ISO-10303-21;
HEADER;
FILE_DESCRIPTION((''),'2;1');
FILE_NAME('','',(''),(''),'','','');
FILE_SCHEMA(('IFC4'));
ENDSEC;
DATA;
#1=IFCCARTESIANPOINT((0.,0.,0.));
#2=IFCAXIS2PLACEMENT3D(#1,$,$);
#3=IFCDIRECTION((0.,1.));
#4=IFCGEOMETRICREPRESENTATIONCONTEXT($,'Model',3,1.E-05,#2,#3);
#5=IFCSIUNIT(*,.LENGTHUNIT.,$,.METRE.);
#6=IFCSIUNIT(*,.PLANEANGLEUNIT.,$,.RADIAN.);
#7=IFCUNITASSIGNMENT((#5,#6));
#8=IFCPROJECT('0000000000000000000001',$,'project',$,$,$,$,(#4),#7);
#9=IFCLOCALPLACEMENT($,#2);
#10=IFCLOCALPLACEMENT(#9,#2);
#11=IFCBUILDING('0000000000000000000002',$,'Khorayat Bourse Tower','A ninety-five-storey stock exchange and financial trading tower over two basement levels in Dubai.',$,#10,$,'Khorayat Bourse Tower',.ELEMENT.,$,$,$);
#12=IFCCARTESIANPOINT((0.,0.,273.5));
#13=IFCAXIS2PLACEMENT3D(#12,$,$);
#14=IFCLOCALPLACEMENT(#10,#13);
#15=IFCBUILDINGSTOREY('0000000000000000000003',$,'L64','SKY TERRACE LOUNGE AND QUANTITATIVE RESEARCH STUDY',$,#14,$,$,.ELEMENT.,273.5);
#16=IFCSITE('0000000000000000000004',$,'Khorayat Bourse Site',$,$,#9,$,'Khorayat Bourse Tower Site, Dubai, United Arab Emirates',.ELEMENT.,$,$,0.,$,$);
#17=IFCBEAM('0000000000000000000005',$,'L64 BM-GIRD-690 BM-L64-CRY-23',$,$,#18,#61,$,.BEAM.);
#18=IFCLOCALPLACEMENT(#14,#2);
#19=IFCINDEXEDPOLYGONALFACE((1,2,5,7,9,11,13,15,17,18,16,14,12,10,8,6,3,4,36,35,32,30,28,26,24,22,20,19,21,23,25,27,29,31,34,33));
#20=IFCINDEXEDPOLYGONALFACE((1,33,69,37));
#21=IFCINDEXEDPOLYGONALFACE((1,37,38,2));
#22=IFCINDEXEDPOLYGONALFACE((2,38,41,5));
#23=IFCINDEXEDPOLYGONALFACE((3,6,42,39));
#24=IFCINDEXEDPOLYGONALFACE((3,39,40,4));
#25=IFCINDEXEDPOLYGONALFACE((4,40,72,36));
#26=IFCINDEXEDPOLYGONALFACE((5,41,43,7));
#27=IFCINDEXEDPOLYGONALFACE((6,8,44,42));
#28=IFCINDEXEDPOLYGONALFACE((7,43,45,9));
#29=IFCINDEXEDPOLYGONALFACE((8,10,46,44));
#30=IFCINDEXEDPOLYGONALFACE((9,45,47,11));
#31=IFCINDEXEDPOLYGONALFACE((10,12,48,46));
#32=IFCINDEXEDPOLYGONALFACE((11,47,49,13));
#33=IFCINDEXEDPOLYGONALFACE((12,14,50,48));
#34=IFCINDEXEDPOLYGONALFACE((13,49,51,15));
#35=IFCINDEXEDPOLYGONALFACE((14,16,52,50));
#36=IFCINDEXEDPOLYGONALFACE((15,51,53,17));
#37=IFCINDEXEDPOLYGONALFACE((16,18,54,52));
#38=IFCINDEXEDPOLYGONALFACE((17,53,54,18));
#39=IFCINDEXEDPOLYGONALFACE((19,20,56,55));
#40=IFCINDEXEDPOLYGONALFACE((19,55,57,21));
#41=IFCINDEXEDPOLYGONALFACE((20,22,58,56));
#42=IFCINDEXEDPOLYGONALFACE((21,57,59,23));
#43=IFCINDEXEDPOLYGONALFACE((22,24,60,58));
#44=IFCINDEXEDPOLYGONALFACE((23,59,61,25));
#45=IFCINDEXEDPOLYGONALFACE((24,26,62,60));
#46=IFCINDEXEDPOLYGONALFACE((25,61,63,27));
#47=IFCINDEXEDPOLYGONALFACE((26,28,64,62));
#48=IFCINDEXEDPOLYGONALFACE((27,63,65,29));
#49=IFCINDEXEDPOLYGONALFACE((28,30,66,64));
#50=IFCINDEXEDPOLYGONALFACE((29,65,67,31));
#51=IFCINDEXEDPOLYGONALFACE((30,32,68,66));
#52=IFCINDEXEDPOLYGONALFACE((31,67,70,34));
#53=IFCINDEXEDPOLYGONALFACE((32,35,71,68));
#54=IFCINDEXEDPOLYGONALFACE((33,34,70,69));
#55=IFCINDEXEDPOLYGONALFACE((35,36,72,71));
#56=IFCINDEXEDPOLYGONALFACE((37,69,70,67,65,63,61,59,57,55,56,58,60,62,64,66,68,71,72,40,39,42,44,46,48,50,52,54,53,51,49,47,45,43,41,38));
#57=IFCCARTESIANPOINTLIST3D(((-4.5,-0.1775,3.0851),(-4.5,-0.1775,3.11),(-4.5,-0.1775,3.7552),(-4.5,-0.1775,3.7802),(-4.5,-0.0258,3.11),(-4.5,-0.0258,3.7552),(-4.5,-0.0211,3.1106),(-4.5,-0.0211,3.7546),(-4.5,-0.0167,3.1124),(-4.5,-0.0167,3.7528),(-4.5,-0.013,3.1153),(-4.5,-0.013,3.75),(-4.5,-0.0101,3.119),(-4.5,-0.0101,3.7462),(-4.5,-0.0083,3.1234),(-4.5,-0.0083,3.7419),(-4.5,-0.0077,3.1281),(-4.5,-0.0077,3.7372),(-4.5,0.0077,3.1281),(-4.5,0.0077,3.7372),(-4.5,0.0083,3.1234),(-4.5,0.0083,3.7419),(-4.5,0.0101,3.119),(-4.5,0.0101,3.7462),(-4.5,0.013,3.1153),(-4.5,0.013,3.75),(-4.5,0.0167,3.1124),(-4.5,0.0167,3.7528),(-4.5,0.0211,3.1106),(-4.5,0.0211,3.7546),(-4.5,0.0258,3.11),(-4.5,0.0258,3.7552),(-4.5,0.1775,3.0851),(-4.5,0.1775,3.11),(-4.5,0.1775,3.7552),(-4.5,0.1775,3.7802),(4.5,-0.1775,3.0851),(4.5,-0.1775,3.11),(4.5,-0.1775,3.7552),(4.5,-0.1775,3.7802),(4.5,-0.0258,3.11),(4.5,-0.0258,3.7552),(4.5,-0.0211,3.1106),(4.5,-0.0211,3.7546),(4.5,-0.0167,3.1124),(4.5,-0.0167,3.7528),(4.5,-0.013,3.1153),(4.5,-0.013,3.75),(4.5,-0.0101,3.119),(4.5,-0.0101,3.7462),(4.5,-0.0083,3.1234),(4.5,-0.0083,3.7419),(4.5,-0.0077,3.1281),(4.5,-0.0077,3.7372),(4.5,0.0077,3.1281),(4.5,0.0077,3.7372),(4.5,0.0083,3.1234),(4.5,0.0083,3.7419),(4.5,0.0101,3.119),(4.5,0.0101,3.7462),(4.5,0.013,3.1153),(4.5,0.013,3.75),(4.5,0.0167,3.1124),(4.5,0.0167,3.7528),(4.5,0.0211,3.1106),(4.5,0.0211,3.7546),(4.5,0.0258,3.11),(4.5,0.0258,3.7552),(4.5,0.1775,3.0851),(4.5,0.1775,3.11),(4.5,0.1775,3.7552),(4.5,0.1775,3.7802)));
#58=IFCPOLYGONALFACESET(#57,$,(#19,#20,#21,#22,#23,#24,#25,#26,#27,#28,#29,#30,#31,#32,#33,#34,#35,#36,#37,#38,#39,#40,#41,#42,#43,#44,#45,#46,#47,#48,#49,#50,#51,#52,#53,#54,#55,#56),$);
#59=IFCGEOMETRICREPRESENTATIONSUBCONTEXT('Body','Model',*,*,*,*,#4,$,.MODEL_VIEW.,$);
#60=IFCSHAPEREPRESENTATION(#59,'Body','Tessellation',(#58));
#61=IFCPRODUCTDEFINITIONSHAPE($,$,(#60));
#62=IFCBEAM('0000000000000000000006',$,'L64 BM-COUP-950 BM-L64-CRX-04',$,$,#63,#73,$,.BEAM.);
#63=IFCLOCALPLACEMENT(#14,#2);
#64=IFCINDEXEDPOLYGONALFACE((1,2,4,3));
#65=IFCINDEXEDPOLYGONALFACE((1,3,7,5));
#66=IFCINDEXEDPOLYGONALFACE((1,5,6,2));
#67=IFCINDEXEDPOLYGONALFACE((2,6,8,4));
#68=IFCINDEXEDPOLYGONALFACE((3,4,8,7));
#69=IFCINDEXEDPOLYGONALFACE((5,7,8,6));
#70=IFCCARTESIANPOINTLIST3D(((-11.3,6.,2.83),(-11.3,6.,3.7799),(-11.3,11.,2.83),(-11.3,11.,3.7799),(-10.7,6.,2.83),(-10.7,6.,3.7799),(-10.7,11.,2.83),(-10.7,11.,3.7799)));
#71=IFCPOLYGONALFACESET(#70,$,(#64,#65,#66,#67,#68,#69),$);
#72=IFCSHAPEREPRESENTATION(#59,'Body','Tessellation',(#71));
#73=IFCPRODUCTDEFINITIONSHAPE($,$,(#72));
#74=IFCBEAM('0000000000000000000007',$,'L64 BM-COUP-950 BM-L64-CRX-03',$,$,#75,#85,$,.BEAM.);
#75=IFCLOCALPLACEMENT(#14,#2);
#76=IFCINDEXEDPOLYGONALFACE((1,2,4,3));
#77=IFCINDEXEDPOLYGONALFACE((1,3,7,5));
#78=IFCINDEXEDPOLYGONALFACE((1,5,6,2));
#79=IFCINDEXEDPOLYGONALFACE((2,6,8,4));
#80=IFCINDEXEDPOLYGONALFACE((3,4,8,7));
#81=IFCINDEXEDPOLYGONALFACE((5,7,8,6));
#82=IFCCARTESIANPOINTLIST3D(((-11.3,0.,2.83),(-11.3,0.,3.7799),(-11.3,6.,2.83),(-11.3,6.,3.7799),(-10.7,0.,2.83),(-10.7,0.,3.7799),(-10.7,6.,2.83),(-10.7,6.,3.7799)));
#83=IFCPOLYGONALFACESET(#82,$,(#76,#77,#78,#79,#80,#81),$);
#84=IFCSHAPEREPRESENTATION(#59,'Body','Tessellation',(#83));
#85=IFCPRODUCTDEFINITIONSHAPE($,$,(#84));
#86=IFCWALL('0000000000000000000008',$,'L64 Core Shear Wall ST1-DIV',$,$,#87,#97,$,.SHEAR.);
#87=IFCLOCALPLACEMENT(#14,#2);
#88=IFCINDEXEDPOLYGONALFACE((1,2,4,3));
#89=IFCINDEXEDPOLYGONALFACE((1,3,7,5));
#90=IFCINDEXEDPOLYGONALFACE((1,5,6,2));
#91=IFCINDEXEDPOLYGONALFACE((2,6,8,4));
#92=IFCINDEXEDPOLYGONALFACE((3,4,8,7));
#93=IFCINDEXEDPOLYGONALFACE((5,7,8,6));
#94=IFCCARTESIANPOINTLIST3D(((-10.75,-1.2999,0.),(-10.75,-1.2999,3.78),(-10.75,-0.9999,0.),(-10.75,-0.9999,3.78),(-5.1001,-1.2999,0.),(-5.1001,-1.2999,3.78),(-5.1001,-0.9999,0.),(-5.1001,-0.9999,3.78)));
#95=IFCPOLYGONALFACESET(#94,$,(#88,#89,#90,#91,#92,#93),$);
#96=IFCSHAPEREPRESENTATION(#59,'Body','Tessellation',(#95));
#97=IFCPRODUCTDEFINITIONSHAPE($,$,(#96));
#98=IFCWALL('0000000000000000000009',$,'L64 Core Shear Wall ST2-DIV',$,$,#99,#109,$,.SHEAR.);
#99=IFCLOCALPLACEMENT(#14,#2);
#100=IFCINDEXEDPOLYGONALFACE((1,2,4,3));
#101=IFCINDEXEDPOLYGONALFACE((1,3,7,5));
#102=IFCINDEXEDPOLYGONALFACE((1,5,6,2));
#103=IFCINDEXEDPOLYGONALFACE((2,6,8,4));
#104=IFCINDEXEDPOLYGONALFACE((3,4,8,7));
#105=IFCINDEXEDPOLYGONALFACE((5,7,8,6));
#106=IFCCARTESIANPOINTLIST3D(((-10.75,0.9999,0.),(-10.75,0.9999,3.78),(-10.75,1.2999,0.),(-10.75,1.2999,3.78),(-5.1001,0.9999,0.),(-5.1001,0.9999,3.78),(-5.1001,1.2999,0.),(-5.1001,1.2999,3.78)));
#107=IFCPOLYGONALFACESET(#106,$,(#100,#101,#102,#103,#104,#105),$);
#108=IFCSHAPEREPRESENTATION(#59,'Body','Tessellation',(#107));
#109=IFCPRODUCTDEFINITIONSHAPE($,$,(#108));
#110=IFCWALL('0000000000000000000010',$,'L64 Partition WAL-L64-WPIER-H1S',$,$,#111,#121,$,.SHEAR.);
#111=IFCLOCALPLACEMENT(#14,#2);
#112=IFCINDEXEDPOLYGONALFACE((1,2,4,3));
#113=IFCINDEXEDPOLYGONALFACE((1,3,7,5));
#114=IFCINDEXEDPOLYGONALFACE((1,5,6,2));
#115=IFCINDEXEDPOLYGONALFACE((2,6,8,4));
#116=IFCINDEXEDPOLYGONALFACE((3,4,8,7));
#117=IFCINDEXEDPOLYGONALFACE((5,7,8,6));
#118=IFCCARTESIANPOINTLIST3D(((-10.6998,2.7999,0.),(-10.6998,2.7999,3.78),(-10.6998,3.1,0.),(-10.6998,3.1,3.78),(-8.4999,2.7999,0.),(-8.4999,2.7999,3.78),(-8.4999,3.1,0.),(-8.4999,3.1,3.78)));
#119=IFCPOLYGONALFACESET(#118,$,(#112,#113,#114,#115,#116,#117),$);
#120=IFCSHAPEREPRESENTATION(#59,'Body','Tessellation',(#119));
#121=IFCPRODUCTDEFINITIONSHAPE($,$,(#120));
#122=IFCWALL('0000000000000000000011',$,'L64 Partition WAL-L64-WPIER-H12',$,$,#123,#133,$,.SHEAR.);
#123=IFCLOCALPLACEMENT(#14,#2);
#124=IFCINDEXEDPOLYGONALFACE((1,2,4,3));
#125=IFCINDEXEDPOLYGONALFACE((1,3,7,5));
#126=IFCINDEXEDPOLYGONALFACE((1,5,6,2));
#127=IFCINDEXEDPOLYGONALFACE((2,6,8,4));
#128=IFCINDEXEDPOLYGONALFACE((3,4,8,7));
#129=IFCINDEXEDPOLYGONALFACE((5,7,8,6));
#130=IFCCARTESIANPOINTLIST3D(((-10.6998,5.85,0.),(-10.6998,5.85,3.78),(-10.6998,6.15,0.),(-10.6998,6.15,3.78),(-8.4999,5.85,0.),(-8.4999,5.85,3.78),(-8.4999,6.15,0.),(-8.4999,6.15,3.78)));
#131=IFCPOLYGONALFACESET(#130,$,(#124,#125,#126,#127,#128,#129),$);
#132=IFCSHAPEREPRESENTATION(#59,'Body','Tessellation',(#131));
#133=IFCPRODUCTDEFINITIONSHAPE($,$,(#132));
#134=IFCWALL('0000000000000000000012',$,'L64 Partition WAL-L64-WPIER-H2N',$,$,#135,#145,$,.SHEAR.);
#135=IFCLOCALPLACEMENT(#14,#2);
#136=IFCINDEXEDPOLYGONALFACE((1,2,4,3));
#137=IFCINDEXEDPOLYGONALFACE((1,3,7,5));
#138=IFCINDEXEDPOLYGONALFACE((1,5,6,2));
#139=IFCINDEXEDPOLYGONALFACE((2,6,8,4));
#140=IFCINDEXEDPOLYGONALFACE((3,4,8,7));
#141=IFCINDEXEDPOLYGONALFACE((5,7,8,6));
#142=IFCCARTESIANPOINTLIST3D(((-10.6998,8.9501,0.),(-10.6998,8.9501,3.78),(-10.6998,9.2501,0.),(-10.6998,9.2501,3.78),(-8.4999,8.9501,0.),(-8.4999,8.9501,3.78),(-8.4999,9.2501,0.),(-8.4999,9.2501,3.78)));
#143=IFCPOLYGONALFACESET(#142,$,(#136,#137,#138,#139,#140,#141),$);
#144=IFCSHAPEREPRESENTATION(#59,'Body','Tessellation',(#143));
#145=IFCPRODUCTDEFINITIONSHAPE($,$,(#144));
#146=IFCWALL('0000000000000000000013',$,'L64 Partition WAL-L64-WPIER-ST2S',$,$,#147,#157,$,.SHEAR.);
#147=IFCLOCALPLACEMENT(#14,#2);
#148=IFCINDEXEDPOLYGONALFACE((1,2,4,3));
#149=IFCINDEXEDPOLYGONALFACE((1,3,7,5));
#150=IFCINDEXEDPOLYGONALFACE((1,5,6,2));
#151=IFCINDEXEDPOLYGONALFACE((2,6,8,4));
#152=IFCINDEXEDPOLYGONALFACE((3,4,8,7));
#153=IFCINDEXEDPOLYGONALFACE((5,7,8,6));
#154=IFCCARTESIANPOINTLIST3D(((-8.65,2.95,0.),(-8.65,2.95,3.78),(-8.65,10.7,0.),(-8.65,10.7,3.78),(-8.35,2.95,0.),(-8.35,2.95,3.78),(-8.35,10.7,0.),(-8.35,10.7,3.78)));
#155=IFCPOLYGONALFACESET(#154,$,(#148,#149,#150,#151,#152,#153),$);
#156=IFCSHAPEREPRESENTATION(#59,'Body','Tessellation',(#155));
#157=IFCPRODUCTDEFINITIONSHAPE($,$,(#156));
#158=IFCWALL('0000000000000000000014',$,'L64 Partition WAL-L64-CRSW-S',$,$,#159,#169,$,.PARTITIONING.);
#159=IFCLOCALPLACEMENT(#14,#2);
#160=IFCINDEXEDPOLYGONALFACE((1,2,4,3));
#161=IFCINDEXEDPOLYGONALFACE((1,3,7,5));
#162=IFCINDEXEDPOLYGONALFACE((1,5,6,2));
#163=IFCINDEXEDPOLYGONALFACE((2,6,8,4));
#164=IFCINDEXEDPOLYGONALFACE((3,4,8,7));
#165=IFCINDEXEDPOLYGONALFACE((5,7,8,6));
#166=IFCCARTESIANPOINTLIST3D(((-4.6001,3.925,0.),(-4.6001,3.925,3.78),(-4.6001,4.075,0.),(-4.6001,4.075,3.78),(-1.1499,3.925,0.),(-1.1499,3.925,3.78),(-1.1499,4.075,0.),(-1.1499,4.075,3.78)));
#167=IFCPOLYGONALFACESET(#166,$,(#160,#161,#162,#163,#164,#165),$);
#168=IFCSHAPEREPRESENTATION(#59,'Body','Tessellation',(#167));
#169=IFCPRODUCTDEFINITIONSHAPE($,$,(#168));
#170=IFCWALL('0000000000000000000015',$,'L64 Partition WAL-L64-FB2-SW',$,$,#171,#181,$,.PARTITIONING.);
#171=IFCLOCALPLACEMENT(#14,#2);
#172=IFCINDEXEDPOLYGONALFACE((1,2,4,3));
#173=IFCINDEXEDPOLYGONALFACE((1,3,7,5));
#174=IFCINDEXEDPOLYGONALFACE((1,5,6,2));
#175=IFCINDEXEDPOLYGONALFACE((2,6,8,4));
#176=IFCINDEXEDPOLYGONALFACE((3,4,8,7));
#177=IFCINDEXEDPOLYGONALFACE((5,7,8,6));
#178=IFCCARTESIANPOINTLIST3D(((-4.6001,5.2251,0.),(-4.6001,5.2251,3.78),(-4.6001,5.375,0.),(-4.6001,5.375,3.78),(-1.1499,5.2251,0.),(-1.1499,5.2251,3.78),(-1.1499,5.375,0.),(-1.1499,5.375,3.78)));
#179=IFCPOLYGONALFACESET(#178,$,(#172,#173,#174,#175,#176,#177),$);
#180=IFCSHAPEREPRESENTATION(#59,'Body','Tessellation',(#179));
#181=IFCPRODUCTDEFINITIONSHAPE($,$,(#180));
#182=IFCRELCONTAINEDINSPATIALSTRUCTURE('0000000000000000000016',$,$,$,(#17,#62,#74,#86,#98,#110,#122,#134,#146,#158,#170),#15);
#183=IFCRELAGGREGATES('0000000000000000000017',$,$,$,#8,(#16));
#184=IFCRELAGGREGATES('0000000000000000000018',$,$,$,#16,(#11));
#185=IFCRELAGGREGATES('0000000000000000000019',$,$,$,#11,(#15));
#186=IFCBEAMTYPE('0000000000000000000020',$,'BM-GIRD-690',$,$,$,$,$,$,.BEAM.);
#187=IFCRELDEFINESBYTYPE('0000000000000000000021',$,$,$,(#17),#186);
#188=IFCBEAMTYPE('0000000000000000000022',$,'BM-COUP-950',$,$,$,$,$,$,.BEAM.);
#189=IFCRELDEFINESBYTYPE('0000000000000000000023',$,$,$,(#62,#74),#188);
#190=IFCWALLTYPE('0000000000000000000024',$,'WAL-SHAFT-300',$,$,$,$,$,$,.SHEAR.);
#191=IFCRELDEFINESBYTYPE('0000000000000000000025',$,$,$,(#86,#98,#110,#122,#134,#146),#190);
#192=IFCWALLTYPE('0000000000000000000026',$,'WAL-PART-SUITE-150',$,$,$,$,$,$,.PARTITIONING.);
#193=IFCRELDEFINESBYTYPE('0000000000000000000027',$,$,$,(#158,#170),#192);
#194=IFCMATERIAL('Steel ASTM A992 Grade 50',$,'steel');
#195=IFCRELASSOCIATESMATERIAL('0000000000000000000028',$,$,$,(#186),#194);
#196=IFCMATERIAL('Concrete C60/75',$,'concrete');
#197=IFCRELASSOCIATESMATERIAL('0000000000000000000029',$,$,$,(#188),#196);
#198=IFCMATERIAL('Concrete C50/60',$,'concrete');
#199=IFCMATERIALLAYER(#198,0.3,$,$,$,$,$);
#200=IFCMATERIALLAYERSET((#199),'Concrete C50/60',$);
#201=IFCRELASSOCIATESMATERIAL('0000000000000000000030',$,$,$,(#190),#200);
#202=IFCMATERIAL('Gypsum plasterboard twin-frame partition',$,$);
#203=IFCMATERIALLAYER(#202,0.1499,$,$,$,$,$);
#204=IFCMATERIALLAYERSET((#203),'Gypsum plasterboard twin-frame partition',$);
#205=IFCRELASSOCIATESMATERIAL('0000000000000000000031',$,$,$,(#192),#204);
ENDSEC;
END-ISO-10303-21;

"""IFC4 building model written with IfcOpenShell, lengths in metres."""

from ifc_helpers import new_model, si_unit, direction, frame, frame_2d, origin, origin_2d, place, context, subcontext, project, spatial, rectangle, i_section, extrude, source, transform, mapped, material, layer, layer_set, material_profile, profile_set, type_object, element, save


model = new_model("IFC4")

# Units and contexts
model_context = context("Model", 3, precision=1e-05, world=origin(), true_north=direction((0.0, 1.0)))
body_context = subcontext(model_context, "Body", "Model", "MODEL_VIEW")
ifc_project = project(units=[si_unit("LENGTHUNIT", "METRE"), si_unit("PLANEANGLEUNIT", "RADIAN")], contexts=[model_context])

# Site, building, storey
site_placement = place(None, origin())
site = spatial("IfcSite", under=ifc_project, at=site_placement, Name="Khorayat Bourse Site", LongName="Khorayat Bourse Tower Site, Dubai, United Arab Emirates", CompositionType="ELEMENT", RefElevation=0.0)
building_placement = place(site_placement, origin())
building = spatial("IfcBuilding", under=site, at=building_placement, Name="Khorayat Bourse Tower", Description="A ninety-five-storey stock exchange and financial trading tower over two basement levels in Dubai.", LongName="Khorayat Bourse Tower", CompositionType="ELEMENT")
storey_placement = place(building_placement, frame((0.0, 0.0, 273.5)))
storey = spatial("IfcBuildingStorey", under=building, at=storey_placement, Name="L64", Description="SKY TERRACE LOUNGE AND QUANTITATIVE RESEARCH STUDY", CompositionType="ELEMENT", Elevation=273.5)

# Beams
ifc_material_1 = material(Name="Steel ASTM A992 Grade 50", Category="steel")
ifc_material_profile_1 = material_profile(ifc_material_1, i_section(OverallWidth=0.355, OverallDepth=0.6951, WebThickness=0.0154, FlangeThickness=0.0249, FilletRadius=0.0181, at=origin_2d()), Name="W690X217")
ifc_profile_set_1 = profile_set([ifc_material_profile_1], Name="Steel ASTM A992 Grade 50")
beam_type_1 = type_object("IfcBeamType", Name="BM-GIRD-690", PredefinedType="BEAM", material=ifc_profile_set_1)
shared_shape_1 = source(origin(), body_context, "Body", "SweptSolid", [
    extrude(i_section(OverallWidth=0.355, OverallDepth=0.6951, WebThickness=0.0154, FlangeThickness=0.0249, FilletRadius=0.0181, at=origin_2d()), origin(), (0.0, 0.0, 1.0), 9.0),
])
beam_1_placement = place(storey_placement, frame((-4.5, 0.0, 3.4326), z_axis=(1.0, 0.0, 0.0), x_axis=(0.0, 1.0, 0.0)))
element("IfcBeam", 1, at=beam_1_placement, inside=storey, type_object=beam_type_1, Name="L64 BM-GIRD-690 BM-L64-CRY-23", PredefinedType="BEAM", context=body_context, shape_type="MappedRepresentation", body=[
    mapped(shared_shape_1, transform((0.0, 0.0, 0.0), scale=1.0)),
])
ifc_material_2 = material(Name="Concrete C60/75", Category="concrete")
ifc_material_profile_2 = material_profile(ifc_material_2, rectangle(XDim=0.6001, YDim=0.95, at=origin_2d()), Name="RC 600x950")
ifc_profile_set_2 = profile_set([ifc_material_profile_2], Name="Concrete C60/75")
beam_type_2 = type_object("IfcBeamType", Name="BM-COUP-950", PredefinedType="BEAM", material=ifc_profile_set_2)
shared_shape_2 = source(origin(), body_context, "Body", "SweptSolid", [
    extrude(rectangle(XDim=0.6001, YDim=0.95, at=origin_2d()), origin(), (0.0, 0.0, 1.0), 5.0),
])
beam_2_placement = place(storey_placement, frame((-11.0, 6.0, 3.3049), z_axis=(0.0, 1.0, 0.0), x_axis=(-1.0, 0.0, 0.0)))
element("IfcBeam", 2, at=beam_2_placement, inside=storey, type_object=beam_type_2, Name="L64 BM-COUP-950 BM-L64-CRX-04", PredefinedType="BEAM", context=body_context, shape_type="MappedRepresentation", body=[
    mapped(shared_shape_2, transform((0.0, 0.0, 0.0), scale=1.0)),
])
shared_shape_3 = source(origin(), body_context, "Body", "SweptSolid", [
    extrude(rectangle(XDim=0.6001, YDim=0.95, at=origin_2d()), origin(), (0.0, 0.0, 1.0), 6.0),
])
beam_3_placement = place(storey_placement, frame((-11.0, 0.0, 3.3049), z_axis=(0.0, 1.0, 0.0), x_axis=(-1.0, 0.0, 0.0)))
element("IfcBeam", 3, at=beam_3_placement, inside=storey, type_object=beam_type_2, Name="L64 BM-COUP-950 BM-L64-CRX-03", PredefinedType="BEAM", context=body_context, shape_type="MappedRepresentation", body=[
    mapped(shared_shape_3, transform((0.0, 0.0, 0.0), scale=1.0)),
])

# Walls
ifc_material_3 = material(Name="Concrete C50/60", Category="concrete")
ifc_layer_1 = layer(ifc_material_3, 0.3)
ifc_layer_set_1 = layer_set([ifc_layer_1], Name="Concrete C50/60")
wall_type_1 = type_object("IfcWallType", Name="WAL-SHAFT-300", PredefinedType="SHEAR", material=ifc_layer_set_1)
shared_shape_4 = source(origin(), body_context, "Body", "SweptSolid", [
    extrude(rectangle(XDim=5.6499, YDim=0.3, at=frame_2d((2.825, 0.0))), origin(), (0.0, 0.0, 1.0), 3.78),
])
for number, where, z_axis, x_axis, name in (
    (4, (-10.75, -1.1499, 0.0), (0.0, 0.0, 1.0), (1.0, 0.0, 0.0), "L64 Core Shear Wall ST1-DIV"),
    (5, (-10.75, 1.1499, 0.0), (0.0, 0.0, 1.0), (1.0, 0.0, 0.0), "L64 Core Shear Wall ST2-DIV"),
):
    element("IfcWall", number, at=place(storey_placement, frame(where, z_axis=z_axis, x_axis=x_axis)), inside=storey, type_object=wall_type_1, Name=name, PredefinedType="SHEAR", context=body_context, shape_type="MappedRepresentation", body=[
        mapped(shared_shape_4, transform((0.0, 0.0, 0.0), scale=1.0)),
    ])
shared_shape_5 = source(origin(), body_context, "Body", "SweptSolid", [
    extrude(rectangle(XDim=2.2, YDim=0.3, at=frame_2d((1.1001, 0.0))), origin(), (0.0, 0.0, 1.0), 3.78),
])
for number, where, z_axis, x_axis, name in (
    (6, (-10.7, 2.95, 0.0), (0.0, 0.0, 1.0), (1.0, 0.0, 0.0), "L64 Partition WAL-L64-WPIER-H1S"),
    (7, (-10.7, 6.0, 0.0), (0.0, 0.0, 1.0), (1.0, 0.0, 0.0), "L64 Partition WAL-L64-WPIER-H12"),
    (8, (-10.7, 9.1001, 0.0), (0.0, 0.0, 1.0), (1.0, 0.0, 0.0), "L64 Partition WAL-L64-WPIER-H2N"),
):
    element("IfcWall", number, at=place(storey_placement, frame(where, z_axis=z_axis, x_axis=x_axis)), inside=storey, type_object=wall_type_1, Name=name, PredefinedType="SHEAR", context=body_context, shape_type="MappedRepresentation", body=[
        mapped(shared_shape_5, transform((0.0, 0.0, 0.0), scale=1.0)),
    ])
shared_shape_6 = source(origin(), body_context, "Body", "SweptSolid", [
    extrude(rectangle(XDim=7.75, YDim=0.3, at=frame_2d((3.875, 0.0))), origin(), (0.0, 0.0, 1.0), 3.78),
])
wall_1_placement = place(storey_placement, frame((-8.5, 2.95, 0.0), z_axis=(0.0, 0.0, 1.0), x_axis=(0.0, 1.0, 0.0)))
element("IfcWall", 9, at=wall_1_placement, inside=storey, type_object=wall_type_1, Name="L64 Partition WAL-L64-WPIER-ST2S", PredefinedType="SHEAR", context=body_context, shape_type="MappedRepresentation", body=[
    mapped(shared_shape_6, transform((0.0, 0.0, 0.0), scale=1.0)),
])
ifc_material_4 = material(Name="Gypsum plasterboard twin-frame partition")
ifc_layer_2 = layer(ifc_material_4, 0.1499)
ifc_layer_set_2 = layer_set([ifc_layer_2], Name="Gypsum plasterboard twin-frame partition")
wall_type_2 = type_object("IfcWallType", Name="WAL-PART-SUITE-150", PredefinedType="PARTITIONING", material=ifc_layer_set_2)
shared_shape_7 = source(origin(), body_context, "Body", "SweptSolid", [
    extrude(rectangle(XDim=3.4502, YDim=0.1499, at=frame_2d((1.7251, 0.0))), origin(), (0.0, 0.0, 1.0), 3.78),
])
for number, where, z_axis, x_axis, name in (
    (10, (-4.6001, 4.0, 0.0), (0.0, 0.0, 1.0), (1.0, 0.0, 0.0), "L64 Partition WAL-L64-CRSW-S"),
    (11, (-4.6001, 5.3, 0.0), (0.0, 0.0, 1.0), (1.0, 0.0, 0.0), "L64 Partition WAL-L64-FB2-SW"),
):
    element("IfcWall", number, at=place(storey_placement, frame(where, z_axis=z_axis, x_axis=x_axis)), inside=storey, type_object=wall_type_2, Name=name, PredefinedType="PARTITIONING", context=body_context, shape_type="MappedRepresentation", body=[
        mapped(shared_shape_7, transform((0.0, 0.0, 0.0), scale=1.0)),
    ])

save(model, "model.ifc")
